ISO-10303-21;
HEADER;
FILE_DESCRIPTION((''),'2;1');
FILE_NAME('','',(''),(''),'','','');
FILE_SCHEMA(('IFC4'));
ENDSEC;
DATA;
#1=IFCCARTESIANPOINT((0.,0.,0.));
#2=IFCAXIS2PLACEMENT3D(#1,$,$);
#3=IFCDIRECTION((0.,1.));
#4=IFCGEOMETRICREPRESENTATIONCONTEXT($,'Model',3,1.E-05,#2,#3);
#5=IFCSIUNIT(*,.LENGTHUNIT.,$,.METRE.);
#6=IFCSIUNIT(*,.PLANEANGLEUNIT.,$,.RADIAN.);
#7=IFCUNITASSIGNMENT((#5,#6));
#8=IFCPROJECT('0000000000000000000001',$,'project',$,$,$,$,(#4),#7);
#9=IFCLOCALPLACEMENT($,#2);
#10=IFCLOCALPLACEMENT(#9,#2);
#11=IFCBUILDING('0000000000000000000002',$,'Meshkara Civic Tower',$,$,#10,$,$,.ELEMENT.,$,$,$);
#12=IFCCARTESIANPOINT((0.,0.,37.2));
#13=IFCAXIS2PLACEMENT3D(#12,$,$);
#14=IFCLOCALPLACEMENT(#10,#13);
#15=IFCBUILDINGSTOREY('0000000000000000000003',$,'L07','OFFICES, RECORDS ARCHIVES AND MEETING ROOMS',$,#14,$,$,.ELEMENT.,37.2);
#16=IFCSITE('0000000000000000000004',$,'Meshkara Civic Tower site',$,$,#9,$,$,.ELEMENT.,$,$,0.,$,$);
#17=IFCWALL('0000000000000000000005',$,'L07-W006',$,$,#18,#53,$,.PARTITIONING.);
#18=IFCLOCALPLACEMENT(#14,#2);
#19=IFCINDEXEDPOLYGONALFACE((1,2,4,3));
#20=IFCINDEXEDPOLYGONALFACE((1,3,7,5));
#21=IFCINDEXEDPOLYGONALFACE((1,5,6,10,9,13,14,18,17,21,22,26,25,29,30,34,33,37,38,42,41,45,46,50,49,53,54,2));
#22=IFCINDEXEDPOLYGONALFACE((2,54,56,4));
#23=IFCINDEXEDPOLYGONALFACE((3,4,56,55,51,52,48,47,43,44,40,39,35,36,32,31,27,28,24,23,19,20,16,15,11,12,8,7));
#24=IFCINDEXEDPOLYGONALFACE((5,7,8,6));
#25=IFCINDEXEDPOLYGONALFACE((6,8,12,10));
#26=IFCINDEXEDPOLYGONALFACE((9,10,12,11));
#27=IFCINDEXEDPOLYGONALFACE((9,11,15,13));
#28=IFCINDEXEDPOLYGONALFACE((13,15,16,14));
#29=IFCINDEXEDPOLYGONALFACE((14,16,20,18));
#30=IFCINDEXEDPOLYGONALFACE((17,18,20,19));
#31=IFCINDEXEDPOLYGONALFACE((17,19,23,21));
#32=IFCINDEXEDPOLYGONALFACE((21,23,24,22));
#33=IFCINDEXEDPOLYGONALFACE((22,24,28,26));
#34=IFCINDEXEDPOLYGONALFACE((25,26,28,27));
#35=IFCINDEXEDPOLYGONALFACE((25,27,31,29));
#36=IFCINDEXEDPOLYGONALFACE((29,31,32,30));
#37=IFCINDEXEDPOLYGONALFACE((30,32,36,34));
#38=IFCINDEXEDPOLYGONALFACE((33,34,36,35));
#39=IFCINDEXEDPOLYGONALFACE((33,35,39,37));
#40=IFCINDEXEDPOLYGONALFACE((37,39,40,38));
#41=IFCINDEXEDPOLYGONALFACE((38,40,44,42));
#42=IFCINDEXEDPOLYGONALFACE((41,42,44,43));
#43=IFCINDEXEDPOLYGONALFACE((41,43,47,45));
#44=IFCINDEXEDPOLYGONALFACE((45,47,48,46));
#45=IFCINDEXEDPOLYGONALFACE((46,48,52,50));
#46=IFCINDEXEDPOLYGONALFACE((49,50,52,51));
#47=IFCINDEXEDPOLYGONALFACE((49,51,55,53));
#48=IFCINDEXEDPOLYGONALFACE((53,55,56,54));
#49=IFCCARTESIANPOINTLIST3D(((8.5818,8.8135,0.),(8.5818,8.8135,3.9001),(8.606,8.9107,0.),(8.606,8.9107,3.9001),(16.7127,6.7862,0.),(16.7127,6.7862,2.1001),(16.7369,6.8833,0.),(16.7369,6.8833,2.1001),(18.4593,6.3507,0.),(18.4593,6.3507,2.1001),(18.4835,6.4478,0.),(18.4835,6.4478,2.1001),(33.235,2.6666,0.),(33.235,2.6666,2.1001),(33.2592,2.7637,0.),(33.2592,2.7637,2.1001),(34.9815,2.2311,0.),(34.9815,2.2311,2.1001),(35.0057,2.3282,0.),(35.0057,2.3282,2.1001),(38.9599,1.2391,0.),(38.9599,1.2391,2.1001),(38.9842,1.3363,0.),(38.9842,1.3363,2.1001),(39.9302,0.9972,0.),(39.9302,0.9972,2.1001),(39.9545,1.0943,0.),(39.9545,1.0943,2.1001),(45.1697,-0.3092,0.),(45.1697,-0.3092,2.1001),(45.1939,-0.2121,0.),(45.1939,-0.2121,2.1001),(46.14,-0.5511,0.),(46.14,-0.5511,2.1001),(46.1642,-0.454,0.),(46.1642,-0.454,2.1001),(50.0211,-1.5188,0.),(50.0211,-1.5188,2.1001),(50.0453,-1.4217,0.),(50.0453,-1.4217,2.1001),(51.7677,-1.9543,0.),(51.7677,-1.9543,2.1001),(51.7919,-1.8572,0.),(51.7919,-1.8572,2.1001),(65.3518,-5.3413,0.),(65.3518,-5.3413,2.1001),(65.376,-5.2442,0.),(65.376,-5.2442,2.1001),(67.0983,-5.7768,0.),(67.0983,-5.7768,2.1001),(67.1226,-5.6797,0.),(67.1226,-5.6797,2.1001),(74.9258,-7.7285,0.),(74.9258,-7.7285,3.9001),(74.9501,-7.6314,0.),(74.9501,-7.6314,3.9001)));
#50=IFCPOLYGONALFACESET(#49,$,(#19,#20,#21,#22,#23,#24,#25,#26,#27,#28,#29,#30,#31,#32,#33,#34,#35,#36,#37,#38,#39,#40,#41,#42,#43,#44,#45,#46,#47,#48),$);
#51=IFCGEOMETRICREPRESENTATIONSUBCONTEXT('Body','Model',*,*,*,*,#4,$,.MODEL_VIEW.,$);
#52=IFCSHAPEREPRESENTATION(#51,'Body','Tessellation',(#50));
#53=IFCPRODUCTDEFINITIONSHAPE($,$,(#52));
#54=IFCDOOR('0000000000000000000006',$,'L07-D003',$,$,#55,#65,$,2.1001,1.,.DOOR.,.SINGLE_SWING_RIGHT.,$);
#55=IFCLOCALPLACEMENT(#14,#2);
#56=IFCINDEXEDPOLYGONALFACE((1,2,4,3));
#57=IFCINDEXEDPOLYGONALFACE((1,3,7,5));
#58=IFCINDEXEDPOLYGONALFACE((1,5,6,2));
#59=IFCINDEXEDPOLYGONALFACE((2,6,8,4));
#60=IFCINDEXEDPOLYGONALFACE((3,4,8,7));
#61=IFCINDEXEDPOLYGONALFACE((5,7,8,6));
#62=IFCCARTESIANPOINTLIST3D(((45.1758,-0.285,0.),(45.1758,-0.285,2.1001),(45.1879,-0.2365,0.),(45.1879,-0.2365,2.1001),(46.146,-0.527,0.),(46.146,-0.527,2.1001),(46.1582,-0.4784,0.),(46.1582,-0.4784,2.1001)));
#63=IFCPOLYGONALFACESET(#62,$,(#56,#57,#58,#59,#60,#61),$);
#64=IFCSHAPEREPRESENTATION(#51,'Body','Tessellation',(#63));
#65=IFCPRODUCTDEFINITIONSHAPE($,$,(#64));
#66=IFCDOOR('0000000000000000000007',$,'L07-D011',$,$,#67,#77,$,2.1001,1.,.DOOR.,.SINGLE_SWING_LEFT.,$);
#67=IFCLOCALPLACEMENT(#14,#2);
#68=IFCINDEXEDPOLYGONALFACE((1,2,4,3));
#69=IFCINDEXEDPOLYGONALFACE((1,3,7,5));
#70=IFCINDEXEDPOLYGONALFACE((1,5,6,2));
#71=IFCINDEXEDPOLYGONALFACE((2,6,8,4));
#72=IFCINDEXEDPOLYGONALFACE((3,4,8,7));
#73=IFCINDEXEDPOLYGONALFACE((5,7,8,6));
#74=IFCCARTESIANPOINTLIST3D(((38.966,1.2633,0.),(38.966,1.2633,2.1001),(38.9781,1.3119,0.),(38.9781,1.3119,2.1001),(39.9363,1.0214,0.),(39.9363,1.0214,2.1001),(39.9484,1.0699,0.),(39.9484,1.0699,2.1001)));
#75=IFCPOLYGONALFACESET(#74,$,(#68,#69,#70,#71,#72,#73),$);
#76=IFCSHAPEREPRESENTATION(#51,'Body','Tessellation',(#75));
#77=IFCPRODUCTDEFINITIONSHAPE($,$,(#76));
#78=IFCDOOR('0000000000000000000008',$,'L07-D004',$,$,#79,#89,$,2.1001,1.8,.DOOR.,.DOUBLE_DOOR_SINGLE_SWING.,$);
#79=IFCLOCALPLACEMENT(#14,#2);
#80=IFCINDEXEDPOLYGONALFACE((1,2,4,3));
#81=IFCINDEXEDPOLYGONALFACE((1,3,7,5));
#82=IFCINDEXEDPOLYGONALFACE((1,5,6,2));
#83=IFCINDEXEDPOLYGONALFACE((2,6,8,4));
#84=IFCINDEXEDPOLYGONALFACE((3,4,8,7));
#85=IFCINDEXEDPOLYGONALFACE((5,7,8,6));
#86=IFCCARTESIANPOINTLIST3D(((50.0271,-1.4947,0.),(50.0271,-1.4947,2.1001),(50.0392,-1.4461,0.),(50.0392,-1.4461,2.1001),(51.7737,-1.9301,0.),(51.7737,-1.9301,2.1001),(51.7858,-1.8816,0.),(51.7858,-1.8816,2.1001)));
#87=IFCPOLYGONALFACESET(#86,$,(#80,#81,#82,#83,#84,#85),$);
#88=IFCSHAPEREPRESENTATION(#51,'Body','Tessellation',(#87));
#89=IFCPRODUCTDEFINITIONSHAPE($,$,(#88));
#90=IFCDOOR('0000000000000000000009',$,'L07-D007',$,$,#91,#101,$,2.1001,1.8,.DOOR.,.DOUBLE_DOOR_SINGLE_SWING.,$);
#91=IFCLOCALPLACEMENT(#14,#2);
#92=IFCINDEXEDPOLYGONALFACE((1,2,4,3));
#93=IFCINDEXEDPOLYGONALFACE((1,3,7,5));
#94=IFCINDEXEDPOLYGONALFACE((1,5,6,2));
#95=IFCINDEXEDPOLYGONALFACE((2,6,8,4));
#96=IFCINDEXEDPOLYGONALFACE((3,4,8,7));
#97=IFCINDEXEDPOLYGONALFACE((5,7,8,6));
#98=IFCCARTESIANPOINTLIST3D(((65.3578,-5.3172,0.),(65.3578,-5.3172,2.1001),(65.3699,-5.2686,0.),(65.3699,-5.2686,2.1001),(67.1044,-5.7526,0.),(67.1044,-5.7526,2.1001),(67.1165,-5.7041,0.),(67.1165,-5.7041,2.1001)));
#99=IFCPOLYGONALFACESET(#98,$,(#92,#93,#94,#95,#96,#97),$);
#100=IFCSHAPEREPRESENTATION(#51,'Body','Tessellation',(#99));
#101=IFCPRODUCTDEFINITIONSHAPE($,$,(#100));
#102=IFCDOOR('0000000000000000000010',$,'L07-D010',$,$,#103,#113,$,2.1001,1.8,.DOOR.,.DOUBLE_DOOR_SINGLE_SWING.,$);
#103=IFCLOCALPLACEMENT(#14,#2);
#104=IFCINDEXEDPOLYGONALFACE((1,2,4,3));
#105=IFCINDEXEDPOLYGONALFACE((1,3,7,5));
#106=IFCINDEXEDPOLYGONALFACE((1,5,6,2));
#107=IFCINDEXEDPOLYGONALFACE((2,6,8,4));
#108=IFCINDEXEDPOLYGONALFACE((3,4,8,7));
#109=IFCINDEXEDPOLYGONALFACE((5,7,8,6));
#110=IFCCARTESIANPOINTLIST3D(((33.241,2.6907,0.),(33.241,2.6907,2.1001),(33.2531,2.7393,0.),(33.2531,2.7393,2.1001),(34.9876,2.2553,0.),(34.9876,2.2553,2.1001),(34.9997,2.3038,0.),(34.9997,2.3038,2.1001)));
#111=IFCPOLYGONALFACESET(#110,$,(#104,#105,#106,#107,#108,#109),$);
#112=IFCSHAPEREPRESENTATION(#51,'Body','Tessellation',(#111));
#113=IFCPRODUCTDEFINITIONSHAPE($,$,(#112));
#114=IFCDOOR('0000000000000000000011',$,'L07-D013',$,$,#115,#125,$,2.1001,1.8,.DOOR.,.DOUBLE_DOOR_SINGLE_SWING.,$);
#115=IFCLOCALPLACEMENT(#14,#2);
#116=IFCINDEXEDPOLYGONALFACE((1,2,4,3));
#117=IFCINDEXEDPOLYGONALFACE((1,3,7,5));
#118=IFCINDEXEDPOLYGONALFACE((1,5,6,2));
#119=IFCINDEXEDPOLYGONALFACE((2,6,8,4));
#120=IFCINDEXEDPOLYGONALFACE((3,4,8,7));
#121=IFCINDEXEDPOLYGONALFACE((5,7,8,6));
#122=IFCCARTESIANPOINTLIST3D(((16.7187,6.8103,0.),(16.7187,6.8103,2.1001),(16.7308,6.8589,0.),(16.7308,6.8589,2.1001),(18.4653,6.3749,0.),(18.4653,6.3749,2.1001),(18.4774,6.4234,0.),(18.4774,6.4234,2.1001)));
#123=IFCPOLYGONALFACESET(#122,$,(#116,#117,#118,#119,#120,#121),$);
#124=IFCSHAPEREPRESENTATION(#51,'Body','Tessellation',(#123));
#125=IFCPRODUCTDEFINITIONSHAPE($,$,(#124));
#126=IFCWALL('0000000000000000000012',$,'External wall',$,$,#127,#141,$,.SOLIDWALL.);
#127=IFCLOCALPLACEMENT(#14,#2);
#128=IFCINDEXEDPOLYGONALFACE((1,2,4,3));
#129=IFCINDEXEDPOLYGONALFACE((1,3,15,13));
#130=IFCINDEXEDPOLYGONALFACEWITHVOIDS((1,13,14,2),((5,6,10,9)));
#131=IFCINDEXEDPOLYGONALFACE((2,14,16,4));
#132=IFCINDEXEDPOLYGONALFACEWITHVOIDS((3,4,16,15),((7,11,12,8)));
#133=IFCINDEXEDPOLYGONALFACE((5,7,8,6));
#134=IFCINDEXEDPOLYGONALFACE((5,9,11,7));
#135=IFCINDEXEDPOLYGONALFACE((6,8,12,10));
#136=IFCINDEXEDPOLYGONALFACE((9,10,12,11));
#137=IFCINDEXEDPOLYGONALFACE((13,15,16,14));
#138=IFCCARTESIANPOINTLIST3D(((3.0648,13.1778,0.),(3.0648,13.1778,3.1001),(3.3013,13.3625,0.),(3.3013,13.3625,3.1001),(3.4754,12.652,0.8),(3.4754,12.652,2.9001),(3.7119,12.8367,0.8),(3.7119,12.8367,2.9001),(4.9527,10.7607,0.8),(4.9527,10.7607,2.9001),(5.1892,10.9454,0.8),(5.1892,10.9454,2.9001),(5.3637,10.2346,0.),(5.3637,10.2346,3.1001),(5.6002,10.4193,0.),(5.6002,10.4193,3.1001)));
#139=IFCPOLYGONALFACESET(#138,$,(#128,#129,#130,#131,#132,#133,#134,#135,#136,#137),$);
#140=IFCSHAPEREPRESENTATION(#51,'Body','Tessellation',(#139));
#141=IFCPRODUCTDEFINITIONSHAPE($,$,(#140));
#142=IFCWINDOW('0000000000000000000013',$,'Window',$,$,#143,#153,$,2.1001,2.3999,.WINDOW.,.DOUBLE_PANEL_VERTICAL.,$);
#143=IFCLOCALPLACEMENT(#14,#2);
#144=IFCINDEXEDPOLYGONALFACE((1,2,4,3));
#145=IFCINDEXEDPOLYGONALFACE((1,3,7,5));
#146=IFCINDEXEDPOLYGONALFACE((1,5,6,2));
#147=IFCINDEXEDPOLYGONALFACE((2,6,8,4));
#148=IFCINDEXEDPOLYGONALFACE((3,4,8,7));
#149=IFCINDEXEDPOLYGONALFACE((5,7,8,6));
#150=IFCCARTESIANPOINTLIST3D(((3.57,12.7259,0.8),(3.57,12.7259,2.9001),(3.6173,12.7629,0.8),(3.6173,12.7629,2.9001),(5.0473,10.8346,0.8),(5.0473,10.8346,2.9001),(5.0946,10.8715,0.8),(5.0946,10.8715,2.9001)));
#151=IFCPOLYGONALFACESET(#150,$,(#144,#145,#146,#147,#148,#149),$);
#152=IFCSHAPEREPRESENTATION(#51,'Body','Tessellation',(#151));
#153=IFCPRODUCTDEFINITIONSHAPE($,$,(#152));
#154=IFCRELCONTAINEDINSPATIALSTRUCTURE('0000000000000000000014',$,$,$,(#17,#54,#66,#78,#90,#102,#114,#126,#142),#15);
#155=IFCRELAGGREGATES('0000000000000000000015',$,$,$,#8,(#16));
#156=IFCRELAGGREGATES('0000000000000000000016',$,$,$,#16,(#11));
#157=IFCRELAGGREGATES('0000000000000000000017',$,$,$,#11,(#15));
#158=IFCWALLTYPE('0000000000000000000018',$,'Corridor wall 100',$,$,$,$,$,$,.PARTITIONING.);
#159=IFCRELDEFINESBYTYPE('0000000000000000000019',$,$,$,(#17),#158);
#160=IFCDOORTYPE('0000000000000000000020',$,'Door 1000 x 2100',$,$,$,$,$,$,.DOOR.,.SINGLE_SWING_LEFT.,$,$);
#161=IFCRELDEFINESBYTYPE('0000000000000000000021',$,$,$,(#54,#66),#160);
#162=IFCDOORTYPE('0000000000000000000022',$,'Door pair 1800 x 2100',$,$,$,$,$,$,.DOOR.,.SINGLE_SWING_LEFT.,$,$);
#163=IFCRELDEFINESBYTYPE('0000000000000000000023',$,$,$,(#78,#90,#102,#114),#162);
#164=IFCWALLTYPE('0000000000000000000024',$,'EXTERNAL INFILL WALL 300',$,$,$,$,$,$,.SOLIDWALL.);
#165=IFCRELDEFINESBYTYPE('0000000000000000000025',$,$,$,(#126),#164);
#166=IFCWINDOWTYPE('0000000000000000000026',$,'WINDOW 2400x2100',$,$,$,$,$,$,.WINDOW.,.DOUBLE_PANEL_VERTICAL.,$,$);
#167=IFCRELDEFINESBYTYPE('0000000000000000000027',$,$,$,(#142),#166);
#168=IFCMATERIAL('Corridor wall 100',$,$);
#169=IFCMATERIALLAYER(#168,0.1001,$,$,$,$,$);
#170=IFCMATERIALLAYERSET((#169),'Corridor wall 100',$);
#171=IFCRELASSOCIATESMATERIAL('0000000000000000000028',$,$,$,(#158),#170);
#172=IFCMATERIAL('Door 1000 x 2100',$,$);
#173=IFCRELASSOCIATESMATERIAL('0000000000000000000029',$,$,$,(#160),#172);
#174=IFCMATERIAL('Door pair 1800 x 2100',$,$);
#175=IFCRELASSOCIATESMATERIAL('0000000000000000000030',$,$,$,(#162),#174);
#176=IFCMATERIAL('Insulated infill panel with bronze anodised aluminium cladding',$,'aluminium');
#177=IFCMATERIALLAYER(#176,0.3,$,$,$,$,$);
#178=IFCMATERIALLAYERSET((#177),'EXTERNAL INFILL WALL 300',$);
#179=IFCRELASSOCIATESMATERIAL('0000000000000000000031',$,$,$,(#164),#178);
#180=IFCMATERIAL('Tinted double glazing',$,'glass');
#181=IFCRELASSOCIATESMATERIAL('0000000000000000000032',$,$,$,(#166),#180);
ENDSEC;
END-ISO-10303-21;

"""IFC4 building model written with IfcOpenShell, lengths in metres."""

from ifc_helpers import new_model, si_unit, direction, frame, frame_2d, origin, place, context, subcontext, project, spatial, rectangle, extrude, material, layer, layer_set, type_object, element, fill, save


model = new_model("IFC4")

# Units and contexts
model_context = context("Model", 3, precision=1e-05, world=origin(), true_north=direction((0.0, 1.0)))
body_context = subcontext(model_context, "Body", "Model", "MODEL_VIEW")
ifc_project = project(units=[si_unit("LENGTHUNIT", "METRE"), si_unit("PLANEANGLEUNIT", "RADIAN")], contexts=[model_context])

# Site, building, storey
site_placement = place(None, origin())
site = spatial("IfcSite", under=ifc_project, at=site_placement, Name="Meshkara Civic Tower site", CompositionType="ELEMENT", RefElevation=0.0)
building_placement = place(site_placement, origin())
building = spatial("IfcBuilding", under=site, at=building_placement, Name="Meshkara Civic Tower", CompositionType="ELEMENT")
storey_placement = place(building_placement, frame((0.0, 0.0, 37.2)))
storey = spatial("IfcBuildingStorey", under=building, at=storey_placement, Name="L07", Description="OFFICES, RECORDS ARCHIVES AND MEETING ROOMS", CompositionType="ELEMENT", Elevation=37.2)

# Shared definitions
ifc_material_1 = material(Name="Corridor wall 100")
ifc_layer_1 = layer(ifc_material_1, 0.1001)
ifc_layer_set_1 = layer_set([ifc_layer_1], Name="Corridor wall 100")
wall_type_1 = type_object("IfcWallType", Name="Corridor wall 100", PredefinedType="PARTITIONING", material=ifc_layer_set_1)
ifc_material_2 = material(Name="Door 1000 x 2100")
door_type_1 = type_object("IfcDoorType", Name="Door 1000 x 2100", OperationType="SINGLE_SWING_LEFT", PredefinedType="DOOR", material=ifc_material_2)

# Wall, openings, doors
wall_1_placement = place(storey_placement, frame((8.594, 8.8621, 0.0), z_axis=(0.0, 0.0, 1.0), x_axis=(0.970294, -0.24193, 0.0)))
wall_1 = element("IfcWall", 1, at=wall_1_placement, inside=storey, type_object=wall_type_1, Name="L07-W006", PredefinedType="PARTITIONING", context=body_context, shape_type="SweptSolid", body=[
    extrude(rectangle(XDim=68.3752, YDim=0.1001, at=frame_2d((34.1875, 0.0))), origin(), (0.0, 0.0, 1.0), 3.9001),
])
opening_1_placement = place(wall_1_placement, frame((37.708, 0.0, 0.0)))
opening_1 = element("IfcOpeningElement", 2, at=opening_1_placement, cuts=wall_1, PredefinedType="OPENING", context=body_context, shape_type="SweptSolid", body=[
    extrude(rectangle(XDim=1.0, YDim=2.1001, at=frame_2d((0.5, 1.05))), frame((0.0, 0.0601, 0.0), z_axis=(0.0, -1.0, 0.0), x_axis=(1.0, 0.0, 0.0)), (0.0, 0.0, 1.0), 0.1201),
])
opening_2_placement = place(wall_1_placement, frame((42.708, 0.0, 0.0)))
opening_2 = element("IfcOpeningElement", 3, at=opening_2_placement, cuts=wall_1, PredefinedType="OPENING", context=body_context, shape_type="SweptSolid", body=[
    extrude(rectangle(XDim=1.8, YDim=2.1001, at=frame_2d((0.8999, 1.05))), frame((0.0, 0.0601, 0.0), z_axis=(0.0, -1.0, 0.0), x_axis=(1.0, 0.0, 0.0)), (0.0, 0.0, 1.0), 0.1201),
])
opening_3_placement = place(wall_1_placement, frame((58.5081, 0.0, 0.0)))
opening_3 = element("IfcOpeningElement", 4, at=opening_3_placement, cuts=wall_1, PredefinedType="OPENING", context=body_context, shape_type="SweptSolid", body=[
    extrude(rectangle(XDim=1.8, YDim=2.1001, at=frame_2d((0.8999, 1.05))), frame((0.0, 0.0601, 0.0), z_axis=(0.0, -1.0, 0.0), x_axis=(1.0, 0.0, 0.0)), (0.0, 0.0, 1.0), 0.1201),
])
opening_4_placement = place(wall_1_placement, frame((25.408, 0.0, 0.0)))
opening_4 = element("IfcOpeningElement", 5, at=opening_4_placement, cuts=wall_1, PredefinedType="OPENING", context=body_context, shape_type="SweptSolid", body=[
    extrude(rectangle(XDim=1.8, YDim=2.1001, at=frame_2d((0.8999, 1.05))), frame((0.0, 0.0601, 0.0), z_axis=(0.0, -1.0, 0.0), x_axis=(1.0, 0.0, 0.0)), (0.0, 0.0, 1.0), 0.1201),
])
opening_5_placement = place(wall_1_placement, frame((31.3081, 0.0, 0.0)))
opening_5 = element("IfcOpeningElement", 6, at=opening_5_placement, cuts=wall_1, PredefinedType="OPENING", context=body_context, shape_type="SweptSolid", body=[
    extrude(rectangle(XDim=1.0, YDim=2.1001, at=frame_2d((0.5, 1.05))), frame((0.0, 0.0601, 0.0), z_axis=(0.0, -1.0, 0.0), x_axis=(1.0, 0.0, 0.0)), (0.0, 0.0, 1.0), 0.1201),
])
opening_6_placement = place(wall_1_placement, frame((8.3799, 0.0, 0.0)))
opening_6 = element("IfcOpeningElement", 7, at=opening_6_placement, cuts=wall_1, PredefinedType="OPENING", context=body_context, shape_type="SweptSolid", body=[
    extrude(rectangle(XDim=1.8, YDim=2.1001, at=frame_2d((0.8999, 1.05))), frame((0.0, 0.0601, 0.0), z_axis=(0.0, -1.0, 0.0), x_axis=(1.0, 0.0, 0.0)), (0.0, 0.0, 1.0), 0.1201),
])
door_1_placement = place(opening_1_placement, origin())
door_1 = element("IfcDoor", 8, at=door_1_placement, inside=storey, type_object=door_type_1, Name="L07-D003", OperationType="SINGLE_SWING_RIGHT", OverallHeight=2.1001, OverallWidth=1.0, PredefinedType="DOOR", context=body_context, shape_type="SweptSolid", body=[
    extrude(rectangle(XDim=1.0, YDim=2.1001, at=frame_2d((0.5, 1.05))), frame((0.0, 0.0249, 0.0), z_axis=(0.0, -1.0, 0.0), x_axis=(1.0, 0.0, 0.0)), (0.0, 0.0, 1.0), 0.05),
])
fill(opening_1, door_1)
door_2_placement = place(opening_5_placement, origin())
door_2 = element("IfcDoor", 9, at=door_2_placement, inside=storey, type_object=door_type_1, Name="L07-D011", OperationType="SINGLE_SWING_LEFT", OverallHeight=2.1001, OverallWidth=1.0, PredefinedType="DOOR", context=body_context, shape_type="SweptSolid", body=[
    extrude(rectangle(XDim=1.0, YDim=2.1001, at=frame_2d((0.5, 1.05))), frame((0.0, 0.0249, 0.0), z_axis=(0.0, -1.0, 0.0), x_axis=(1.0, 0.0, 0.0)), (0.0, 0.0, 1.0), 0.05),
])
fill(opening_5, door_2)
ifc_material_3 = material(Name="Door pair 1800 x 2100")
door_type_2 = type_object("IfcDoorType", Name="Door pair 1800 x 2100", OperationType="SINGLE_SWING_LEFT", PredefinedType="DOOR", material=ifc_material_3)
door_3_placement = place(opening_2_placement, origin())
door_3 = element("IfcDoor", 10, at=door_3_placement, inside=storey, type_object=door_type_2, Name="L07-D004", OperationType="DOUBLE_DOOR_SINGLE_SWING", OverallHeight=2.1001, OverallWidth=1.8, PredefinedType="DOOR", context=body_context, shape_type="SweptSolid", body=[
    extrude(rectangle(XDim=1.8, YDim=2.1001, at=frame_2d((0.8999, 1.05))), frame((0.0, 0.0249, 0.0), z_axis=(0.0, -1.0, 0.0), x_axis=(1.0, 0.0, 0.0)), (0.0, 0.0, 1.0), 0.05),
])
fill(opening_2, door_3)
door_4_placement = place(opening_3_placement, origin())
door_4 = element("IfcDoor", 11, at=door_4_placement, inside=storey, type_object=door_type_2, Name="L07-D007", OperationType="DOUBLE_DOOR_SINGLE_SWING", OverallHeight=2.1001, OverallWidth=1.8, PredefinedType="DOOR", context=body_context, shape_type="SweptSolid", body=[
    extrude(rectangle(XDim=1.8, YDim=2.1001, at=frame_2d((0.8999, 1.05))), frame((0.0, 0.0249, 0.0), z_axis=(0.0, -1.0, 0.0), x_axis=(1.0, 0.0, 0.0)), (0.0, 0.0, 1.0), 0.05),
])
fill(opening_3, door_4)
door_5_placement = place(opening_4_placement, origin())
door_5 = element("IfcDoor", 12, at=door_5_placement, inside=storey, type_object=door_type_2, Name="L07-D010", OperationType="DOUBLE_DOOR_SINGLE_SWING", OverallHeight=2.1001, OverallWidth=1.8, PredefinedType="DOOR", context=body_context, shape_type="SweptSolid", body=[
    extrude(rectangle(XDim=1.8, YDim=2.1001, at=frame_2d((0.8999, 1.05))), frame((0.0, 0.0249, 0.0), z_axis=(0.0, -1.0, 0.0), x_axis=(1.0, 0.0, 0.0)), (0.0, 0.0, 1.0), 0.05),
])
fill(opening_4, door_5)
door_6_placement = place(opening_6_placement, origin())
door_6 = element("IfcDoor", 13, at=door_6_placement, inside=storey, type_object=door_type_2, Name="L07-D013", OperationType="DOUBLE_DOOR_SINGLE_SWING", OverallHeight=2.1001, OverallWidth=1.8, PredefinedType="DOOR", context=body_context, shape_type="SweptSolid", body=[
    extrude(rectangle(XDim=1.8, YDim=2.1001, at=frame_2d((0.8999, 1.05))), frame((0.0, 0.0249, 0.0), z_axis=(0.0, -1.0, 0.0), x_axis=(1.0, 0.0, 0.0)), (0.0, 0.0, 1.0), 0.05),
])
fill(opening_6, door_6)

# Wall, opening, window
ifc_material_4 = material(Name="Insulated infill panel with bronze anodised aluminium cladding", Category="aluminium")
ifc_layer_2 = layer(ifc_material_4, 0.3)
ifc_layer_set_2 = layer_set([ifc_layer_2], Name="EXTERNAL INFILL WALL 300")
wall_type_2 = type_object("IfcWallType", Name="EXTERNAL INFILL WALL 300", PredefinedType="SOLIDWALL", material=ifc_layer_set_2)
wall_2_placement = place(storey_placement, frame((3.1831, 13.27, 0.0), z_axis=(0.0, 0.0, 1.0), x_axis=(0.615564, -0.788087, 0.0)))
wall_2 = element("IfcWall", 14, at=wall_2_placement, inside=storey, type_object=wall_type_2, Name="External wall", PredefinedType="SOLIDWALL", context=body_context, shape_type="SweptSolid", body=[
    extrude(rectangle(XDim=3.7346, YDim=0.3, at=frame_2d((1.8672, 0.0))), origin(), (0.0, 0.0, 1.0), 3.1001),
])
opening_7_placement = place(wall_2_placement, frame((0.667, 0.0, 0.8)))
opening_7 = element("IfcOpeningElement", 15, at=opening_7_placement, cuts=wall_2, PredefinedType="OPENING", context=body_context, shape_type="SweptSolid", body=[
    extrude(rectangle(XDim=2.3999, YDim=2.1001, at=frame_2d((1.2, 1.05))), frame((0.0, 0.1599, 0.0), z_axis=(0.0, -1.0, 0.0), x_axis=(1.0, 0.0, 0.0)), (0.0, 0.0, 1.0), 0.3201),
])
ifc_material_5 = material(Name="Tinted double glazing", Category="glass")
window_type = type_object("IfcWindowType", Name="WINDOW 2400x2100", PartitioningType="DOUBLE_PANEL_VERTICAL", PredefinedType="WINDOW", material=ifc_material_5)
window_1_placement = place(opening_7_placement, origin())
window_1 = element("IfcWindow", 16, at=window_1_placement, inside=storey, type_object=window_type, Name="Window", OverallHeight=2.1001, OverallWidth=2.3999, PartitioningType="DOUBLE_PANEL_VERTICAL", PredefinedType="WINDOW", context=body_context, shape_type="SweptSolid", body=[
    extrude(rectangle(XDim=2.3999, YDim=2.1001, at=frame_2d((1.2, 1.05))), frame((0.0, 0.03, 0.0), z_axis=(0.0, -1.0, 0.0), x_axis=(1.0, 0.0, 0.0)), (0.0, 0.0, 1.0), 0.0601),
])
fill(opening_7, window_1)

save(model, "model.ifc")
